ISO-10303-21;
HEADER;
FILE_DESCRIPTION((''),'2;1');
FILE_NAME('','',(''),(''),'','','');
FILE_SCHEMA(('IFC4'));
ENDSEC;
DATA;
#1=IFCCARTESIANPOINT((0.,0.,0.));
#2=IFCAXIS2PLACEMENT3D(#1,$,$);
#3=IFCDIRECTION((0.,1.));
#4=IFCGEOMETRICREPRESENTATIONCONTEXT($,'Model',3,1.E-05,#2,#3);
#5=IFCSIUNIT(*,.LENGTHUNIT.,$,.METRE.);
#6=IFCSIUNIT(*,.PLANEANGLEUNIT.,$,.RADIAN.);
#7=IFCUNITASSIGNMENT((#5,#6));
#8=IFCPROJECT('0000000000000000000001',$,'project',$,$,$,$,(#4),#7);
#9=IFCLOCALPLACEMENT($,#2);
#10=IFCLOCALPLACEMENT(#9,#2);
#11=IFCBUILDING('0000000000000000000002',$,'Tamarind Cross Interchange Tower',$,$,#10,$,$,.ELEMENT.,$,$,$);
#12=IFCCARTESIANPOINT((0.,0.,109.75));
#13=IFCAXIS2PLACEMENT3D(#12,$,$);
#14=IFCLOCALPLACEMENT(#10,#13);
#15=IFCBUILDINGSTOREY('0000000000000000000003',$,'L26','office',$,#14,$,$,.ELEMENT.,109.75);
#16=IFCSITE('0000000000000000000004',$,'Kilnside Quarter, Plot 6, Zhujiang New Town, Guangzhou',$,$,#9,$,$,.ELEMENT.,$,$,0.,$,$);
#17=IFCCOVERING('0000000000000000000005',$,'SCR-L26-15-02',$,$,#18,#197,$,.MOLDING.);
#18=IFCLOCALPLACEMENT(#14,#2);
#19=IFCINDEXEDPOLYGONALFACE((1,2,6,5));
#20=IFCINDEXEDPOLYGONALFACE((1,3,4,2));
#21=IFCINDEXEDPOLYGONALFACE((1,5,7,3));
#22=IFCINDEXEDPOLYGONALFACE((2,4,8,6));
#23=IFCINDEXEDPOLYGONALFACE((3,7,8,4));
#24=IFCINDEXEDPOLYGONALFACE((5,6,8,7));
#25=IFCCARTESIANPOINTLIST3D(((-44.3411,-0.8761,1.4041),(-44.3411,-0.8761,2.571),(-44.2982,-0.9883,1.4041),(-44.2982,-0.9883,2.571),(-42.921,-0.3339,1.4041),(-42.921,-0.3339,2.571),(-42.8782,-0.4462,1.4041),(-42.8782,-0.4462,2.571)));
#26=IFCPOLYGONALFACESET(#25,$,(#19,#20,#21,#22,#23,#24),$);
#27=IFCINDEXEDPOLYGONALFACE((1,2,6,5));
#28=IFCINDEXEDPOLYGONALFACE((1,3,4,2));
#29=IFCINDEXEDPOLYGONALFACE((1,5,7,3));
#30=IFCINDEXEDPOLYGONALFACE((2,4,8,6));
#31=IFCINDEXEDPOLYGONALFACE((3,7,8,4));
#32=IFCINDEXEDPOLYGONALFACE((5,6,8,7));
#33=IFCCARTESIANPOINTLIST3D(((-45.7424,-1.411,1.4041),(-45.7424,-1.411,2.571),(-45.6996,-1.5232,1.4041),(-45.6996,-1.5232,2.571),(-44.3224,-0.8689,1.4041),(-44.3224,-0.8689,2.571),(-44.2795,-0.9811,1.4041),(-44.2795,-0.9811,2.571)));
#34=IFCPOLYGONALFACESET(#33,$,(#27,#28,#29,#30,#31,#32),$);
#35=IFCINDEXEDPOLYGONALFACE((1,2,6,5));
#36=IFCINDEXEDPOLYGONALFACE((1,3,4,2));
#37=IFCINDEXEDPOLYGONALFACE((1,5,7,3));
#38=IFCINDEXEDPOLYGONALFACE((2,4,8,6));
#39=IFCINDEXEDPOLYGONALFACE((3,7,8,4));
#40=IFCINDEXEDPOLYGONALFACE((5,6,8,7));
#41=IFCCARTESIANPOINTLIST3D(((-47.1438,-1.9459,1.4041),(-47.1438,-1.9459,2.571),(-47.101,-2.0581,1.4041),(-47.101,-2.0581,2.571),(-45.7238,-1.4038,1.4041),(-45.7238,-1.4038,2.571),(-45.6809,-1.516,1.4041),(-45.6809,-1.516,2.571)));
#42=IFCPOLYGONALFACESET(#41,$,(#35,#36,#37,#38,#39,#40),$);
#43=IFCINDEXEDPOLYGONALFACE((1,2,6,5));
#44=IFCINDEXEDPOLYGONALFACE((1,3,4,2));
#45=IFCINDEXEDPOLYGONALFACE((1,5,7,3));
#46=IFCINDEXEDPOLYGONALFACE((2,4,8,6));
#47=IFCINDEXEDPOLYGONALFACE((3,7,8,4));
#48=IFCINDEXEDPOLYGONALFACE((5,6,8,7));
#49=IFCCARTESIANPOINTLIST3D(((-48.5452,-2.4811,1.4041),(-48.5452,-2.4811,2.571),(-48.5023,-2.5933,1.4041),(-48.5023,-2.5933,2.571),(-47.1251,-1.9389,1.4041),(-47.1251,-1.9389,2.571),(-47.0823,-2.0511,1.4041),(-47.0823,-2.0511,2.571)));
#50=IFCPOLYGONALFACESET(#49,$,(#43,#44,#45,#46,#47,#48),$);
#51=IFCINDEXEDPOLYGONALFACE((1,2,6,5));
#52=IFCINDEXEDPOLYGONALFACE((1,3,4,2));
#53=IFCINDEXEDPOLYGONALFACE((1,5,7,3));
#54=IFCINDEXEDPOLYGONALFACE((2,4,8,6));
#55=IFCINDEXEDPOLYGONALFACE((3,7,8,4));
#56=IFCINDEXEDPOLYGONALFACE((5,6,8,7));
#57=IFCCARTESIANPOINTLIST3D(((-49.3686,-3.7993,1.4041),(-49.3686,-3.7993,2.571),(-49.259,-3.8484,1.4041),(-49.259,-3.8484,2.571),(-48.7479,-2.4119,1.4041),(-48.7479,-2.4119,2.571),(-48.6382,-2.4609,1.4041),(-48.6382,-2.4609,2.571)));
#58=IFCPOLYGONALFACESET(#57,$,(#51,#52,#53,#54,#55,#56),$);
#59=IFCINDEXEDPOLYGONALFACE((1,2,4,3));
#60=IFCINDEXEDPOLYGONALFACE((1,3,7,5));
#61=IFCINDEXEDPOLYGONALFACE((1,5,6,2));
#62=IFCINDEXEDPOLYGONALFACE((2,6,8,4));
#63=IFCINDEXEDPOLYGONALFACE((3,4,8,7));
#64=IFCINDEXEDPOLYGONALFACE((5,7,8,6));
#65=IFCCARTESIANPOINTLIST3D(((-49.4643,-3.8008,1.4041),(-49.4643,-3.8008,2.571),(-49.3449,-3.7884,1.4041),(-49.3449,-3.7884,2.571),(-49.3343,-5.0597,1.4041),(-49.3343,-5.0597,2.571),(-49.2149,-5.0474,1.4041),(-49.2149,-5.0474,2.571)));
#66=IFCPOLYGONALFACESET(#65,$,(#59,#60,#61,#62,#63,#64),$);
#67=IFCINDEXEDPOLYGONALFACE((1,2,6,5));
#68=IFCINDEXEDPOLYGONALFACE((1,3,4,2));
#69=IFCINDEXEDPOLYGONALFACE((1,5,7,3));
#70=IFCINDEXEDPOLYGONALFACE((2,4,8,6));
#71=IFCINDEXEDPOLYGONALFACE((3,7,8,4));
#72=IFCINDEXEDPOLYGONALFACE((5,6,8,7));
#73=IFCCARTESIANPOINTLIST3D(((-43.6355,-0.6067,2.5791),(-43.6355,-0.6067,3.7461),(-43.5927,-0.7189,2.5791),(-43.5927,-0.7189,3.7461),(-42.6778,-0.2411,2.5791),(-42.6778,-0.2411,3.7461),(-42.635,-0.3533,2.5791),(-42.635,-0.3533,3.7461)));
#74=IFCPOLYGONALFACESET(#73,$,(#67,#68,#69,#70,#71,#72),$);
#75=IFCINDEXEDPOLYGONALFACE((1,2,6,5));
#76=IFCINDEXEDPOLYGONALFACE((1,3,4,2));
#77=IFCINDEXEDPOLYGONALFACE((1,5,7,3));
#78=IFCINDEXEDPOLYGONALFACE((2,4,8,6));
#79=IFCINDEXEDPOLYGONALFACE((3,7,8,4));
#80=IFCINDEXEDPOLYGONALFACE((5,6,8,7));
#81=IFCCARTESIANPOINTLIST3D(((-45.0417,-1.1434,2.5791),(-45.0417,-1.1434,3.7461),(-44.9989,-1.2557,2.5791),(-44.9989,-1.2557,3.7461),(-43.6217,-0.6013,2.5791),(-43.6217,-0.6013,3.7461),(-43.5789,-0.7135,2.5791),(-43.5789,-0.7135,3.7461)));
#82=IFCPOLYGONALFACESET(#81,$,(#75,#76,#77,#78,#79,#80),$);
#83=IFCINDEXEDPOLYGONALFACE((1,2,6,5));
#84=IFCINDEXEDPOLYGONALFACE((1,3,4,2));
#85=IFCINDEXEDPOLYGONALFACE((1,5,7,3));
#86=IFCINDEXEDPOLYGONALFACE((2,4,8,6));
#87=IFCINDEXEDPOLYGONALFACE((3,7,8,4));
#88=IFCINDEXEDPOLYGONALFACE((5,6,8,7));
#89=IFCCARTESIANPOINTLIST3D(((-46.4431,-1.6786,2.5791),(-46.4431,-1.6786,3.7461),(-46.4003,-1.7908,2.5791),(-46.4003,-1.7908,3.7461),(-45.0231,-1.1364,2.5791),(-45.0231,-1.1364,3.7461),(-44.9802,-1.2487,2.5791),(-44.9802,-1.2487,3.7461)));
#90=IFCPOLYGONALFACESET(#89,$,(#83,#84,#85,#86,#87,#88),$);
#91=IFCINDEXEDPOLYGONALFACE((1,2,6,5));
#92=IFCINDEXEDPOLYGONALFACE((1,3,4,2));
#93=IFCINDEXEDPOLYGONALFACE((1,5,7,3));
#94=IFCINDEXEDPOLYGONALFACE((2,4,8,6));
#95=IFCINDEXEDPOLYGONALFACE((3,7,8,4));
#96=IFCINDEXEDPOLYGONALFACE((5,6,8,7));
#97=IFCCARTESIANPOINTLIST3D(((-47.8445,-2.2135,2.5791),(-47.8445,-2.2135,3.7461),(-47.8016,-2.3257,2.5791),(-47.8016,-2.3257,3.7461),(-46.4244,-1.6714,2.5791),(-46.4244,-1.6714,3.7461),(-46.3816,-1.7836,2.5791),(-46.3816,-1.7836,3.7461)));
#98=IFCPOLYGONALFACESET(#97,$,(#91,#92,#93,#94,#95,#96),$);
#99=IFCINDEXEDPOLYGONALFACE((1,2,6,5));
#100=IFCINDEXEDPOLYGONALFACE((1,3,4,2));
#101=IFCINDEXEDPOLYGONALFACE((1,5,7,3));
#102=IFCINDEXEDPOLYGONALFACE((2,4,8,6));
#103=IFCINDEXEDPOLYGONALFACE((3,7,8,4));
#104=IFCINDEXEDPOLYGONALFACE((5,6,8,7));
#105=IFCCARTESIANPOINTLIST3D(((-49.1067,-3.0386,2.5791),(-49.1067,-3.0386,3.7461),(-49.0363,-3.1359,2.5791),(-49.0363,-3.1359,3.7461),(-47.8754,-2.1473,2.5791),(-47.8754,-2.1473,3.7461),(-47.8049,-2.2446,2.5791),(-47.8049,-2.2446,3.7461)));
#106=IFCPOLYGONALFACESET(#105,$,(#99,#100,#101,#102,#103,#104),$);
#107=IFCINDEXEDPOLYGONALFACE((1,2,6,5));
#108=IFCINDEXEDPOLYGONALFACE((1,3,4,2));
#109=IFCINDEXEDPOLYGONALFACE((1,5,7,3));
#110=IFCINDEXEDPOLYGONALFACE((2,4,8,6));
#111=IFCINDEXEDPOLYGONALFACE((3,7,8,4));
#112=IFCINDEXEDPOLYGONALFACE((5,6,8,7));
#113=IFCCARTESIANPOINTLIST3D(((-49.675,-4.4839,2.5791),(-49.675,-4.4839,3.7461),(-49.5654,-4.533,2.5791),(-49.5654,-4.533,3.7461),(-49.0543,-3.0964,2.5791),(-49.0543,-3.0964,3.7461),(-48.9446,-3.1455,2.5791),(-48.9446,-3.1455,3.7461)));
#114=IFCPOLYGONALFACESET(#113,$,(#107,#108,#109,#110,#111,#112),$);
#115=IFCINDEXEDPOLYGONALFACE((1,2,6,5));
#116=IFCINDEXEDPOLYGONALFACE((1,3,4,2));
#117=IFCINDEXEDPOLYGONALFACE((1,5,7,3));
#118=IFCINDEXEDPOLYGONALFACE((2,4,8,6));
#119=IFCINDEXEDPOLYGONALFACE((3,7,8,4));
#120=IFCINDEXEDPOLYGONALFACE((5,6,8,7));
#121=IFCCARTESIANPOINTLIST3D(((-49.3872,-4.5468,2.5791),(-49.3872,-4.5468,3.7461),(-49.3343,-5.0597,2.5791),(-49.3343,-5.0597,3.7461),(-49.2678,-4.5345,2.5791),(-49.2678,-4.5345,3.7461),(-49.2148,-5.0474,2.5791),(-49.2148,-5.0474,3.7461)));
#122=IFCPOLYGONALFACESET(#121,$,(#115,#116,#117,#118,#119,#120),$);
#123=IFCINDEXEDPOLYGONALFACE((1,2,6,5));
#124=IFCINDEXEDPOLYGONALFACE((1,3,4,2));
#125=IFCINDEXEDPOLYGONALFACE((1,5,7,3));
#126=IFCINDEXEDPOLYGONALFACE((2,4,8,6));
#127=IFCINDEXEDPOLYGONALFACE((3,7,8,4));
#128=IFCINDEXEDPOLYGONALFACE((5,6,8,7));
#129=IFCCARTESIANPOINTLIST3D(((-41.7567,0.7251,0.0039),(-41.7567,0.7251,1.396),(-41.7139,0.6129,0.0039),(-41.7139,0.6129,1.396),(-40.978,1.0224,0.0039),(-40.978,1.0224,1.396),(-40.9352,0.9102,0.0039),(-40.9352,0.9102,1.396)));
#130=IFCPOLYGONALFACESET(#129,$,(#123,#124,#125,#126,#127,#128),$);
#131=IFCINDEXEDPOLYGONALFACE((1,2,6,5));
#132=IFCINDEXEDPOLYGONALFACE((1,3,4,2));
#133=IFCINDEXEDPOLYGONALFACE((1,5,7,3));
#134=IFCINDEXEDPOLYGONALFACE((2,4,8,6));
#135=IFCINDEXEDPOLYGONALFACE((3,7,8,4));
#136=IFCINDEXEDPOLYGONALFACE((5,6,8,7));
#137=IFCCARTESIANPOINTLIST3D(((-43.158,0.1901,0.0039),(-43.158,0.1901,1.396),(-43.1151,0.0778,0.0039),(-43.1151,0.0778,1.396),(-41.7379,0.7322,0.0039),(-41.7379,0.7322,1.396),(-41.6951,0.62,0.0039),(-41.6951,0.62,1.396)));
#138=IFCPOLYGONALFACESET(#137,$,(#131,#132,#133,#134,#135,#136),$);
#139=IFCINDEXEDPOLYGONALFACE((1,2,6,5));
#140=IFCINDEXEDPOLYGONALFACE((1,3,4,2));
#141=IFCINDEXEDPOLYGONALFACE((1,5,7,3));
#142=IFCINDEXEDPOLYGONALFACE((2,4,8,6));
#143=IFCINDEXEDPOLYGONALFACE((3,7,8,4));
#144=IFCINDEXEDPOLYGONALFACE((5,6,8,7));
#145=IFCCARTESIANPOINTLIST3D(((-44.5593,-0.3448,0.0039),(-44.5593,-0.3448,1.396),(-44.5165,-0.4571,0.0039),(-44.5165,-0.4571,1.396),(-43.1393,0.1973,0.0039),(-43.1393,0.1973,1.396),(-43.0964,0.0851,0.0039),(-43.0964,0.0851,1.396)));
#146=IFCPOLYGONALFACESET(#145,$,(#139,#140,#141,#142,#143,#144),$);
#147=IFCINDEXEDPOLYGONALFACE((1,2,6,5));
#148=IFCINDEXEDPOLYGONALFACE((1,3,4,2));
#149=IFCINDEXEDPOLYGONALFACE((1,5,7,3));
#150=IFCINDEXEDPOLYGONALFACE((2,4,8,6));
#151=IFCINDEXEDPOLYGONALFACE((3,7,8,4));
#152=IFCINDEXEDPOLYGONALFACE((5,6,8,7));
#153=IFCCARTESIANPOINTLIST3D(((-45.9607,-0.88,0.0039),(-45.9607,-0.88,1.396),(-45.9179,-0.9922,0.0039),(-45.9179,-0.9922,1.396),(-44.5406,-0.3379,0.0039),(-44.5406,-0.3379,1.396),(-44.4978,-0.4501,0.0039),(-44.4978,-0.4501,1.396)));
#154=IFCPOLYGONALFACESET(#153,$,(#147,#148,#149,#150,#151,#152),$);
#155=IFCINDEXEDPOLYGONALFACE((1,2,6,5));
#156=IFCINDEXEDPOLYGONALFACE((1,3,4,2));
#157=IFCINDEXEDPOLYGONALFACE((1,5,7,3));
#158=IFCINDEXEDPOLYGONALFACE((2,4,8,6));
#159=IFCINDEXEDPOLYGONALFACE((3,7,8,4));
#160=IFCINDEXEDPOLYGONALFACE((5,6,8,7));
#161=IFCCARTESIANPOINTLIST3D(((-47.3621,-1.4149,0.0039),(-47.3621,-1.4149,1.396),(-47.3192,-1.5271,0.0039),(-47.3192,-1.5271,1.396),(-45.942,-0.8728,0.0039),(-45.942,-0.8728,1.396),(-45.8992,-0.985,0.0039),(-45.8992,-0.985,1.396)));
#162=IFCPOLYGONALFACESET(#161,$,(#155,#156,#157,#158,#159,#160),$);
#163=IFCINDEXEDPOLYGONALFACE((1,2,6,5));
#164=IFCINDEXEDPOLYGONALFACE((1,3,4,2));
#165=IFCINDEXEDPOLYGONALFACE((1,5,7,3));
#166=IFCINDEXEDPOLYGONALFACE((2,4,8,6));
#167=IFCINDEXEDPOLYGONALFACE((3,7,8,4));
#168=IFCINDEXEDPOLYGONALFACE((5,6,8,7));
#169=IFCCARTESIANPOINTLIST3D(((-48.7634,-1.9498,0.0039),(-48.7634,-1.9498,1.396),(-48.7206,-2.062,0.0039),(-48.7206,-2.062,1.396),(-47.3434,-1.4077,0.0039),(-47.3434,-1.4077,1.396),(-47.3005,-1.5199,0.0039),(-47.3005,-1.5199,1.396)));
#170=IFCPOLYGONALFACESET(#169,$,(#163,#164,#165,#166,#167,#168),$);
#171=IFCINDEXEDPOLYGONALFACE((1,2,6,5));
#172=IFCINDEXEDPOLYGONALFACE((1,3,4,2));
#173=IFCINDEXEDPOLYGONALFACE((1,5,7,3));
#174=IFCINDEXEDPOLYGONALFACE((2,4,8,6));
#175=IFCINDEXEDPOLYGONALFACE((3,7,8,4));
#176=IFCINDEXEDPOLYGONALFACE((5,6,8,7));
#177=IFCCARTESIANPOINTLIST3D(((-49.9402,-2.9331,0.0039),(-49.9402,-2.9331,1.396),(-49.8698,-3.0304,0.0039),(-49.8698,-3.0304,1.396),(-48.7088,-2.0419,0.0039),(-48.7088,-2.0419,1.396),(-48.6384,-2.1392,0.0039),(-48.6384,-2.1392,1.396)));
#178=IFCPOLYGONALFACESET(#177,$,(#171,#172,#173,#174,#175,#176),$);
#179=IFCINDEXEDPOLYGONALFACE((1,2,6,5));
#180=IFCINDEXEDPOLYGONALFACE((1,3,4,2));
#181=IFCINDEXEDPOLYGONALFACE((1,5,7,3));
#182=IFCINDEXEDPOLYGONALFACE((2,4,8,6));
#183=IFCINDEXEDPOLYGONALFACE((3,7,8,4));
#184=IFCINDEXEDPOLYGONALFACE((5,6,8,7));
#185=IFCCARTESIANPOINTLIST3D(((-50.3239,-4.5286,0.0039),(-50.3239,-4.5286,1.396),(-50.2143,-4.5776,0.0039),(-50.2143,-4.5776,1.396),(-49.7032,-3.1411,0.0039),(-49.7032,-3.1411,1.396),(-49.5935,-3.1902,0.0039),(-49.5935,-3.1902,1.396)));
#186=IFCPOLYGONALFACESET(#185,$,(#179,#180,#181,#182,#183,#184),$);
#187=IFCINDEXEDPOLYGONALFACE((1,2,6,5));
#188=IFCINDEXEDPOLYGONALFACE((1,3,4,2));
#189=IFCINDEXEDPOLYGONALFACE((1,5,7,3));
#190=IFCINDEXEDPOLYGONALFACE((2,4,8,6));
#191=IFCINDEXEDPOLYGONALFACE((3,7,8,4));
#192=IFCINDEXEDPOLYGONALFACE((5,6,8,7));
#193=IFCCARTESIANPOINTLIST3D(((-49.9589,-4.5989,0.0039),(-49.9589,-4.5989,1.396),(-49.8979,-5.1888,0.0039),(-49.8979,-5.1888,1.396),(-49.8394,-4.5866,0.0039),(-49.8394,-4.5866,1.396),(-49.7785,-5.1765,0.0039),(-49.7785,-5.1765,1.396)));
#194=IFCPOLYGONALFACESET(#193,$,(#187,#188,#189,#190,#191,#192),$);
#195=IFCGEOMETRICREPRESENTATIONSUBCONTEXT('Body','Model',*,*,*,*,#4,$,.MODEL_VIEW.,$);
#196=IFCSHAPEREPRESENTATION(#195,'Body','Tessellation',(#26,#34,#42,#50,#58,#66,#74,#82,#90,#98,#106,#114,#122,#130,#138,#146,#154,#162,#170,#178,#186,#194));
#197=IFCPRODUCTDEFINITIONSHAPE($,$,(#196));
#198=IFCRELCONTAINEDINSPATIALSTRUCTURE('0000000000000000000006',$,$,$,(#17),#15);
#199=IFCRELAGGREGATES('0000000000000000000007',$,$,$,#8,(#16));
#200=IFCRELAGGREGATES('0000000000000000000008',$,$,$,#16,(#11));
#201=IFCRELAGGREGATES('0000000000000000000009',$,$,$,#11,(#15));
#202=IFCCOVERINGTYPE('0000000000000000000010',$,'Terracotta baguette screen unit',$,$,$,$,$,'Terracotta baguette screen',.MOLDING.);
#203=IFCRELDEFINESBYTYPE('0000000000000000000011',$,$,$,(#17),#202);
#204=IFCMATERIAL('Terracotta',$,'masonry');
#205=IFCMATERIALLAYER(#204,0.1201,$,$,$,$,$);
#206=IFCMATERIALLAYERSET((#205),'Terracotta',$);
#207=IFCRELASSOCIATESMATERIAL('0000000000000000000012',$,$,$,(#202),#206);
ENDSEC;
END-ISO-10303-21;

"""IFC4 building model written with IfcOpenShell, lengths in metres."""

from ifc_helpers import new_model, si_unit, direction, frame, origin, origin_2d, place, context, subcontext, project, spatial, rectangle, extrude, material, layer, layer_set, type_object, element, save


model = new_model("IFC4")

# Units and contexts
model_context = context("Model", 3, precision=1e-05, world=origin(), true_north=direction((0.0, 1.0)))
body_context = subcontext(model_context, "Body", "Model", "MODEL_VIEW")
ifc_project = project(units=[si_unit("LENGTHUNIT", "METRE"), si_unit("PLANEANGLEUNIT", "RADIAN")], contexts=[model_context])

# Site, building, storey
site_placement = place(None, origin())
site = spatial("IfcSite", under=ifc_project, at=site_placement, Name="Kilnside Quarter, Plot 6, Zhujiang New Town, Guangzhou", CompositionType="ELEMENT", RefElevation=0.0)
building_placement = place(site_placement, origin())
building = spatial("IfcBuilding", under=site, at=building_placement, Name="Tamarind Cross Interchange Tower", CompositionType="ELEMENT")
storey_placement = place(building_placement, frame((0.0, 0.0, 109.75)))
storey = spatial("IfcBuildingStorey", under=building, at=storey_placement, Name="L26", Description="office", CompositionType="ELEMENT", Elevation=109.75)

# Covering
ifc_material_1 = material(Name="Terracotta", Category="masonry")
ifc_layer_1 = layer(ifc_material_1, 0.1201)
ifc_layer_set_1 = layer_set([ifc_layer_1], Name="Terracotta")
covering_type = type_object("IfcCoveringType", Name="Terracotta baguette screen unit", ElementType="Terracotta baguette screen", PredefinedType="MOLDING", material=ifc_layer_set_1)
covering_1_placement = place(storey_placement, origin())
element("IfcCovering", 1, at=covering_1_placement, inside=storey, type_object=covering_type, Name="SCR-L26-15-02", PredefinedType="MOLDING", context=body_context, shape_type="SweptSolid", body=[
    extrude(rectangle(XDim=1.52, YDim=0.1201, at=origin_2d()), frame((-43.6096, -0.6611, 1.4041), z_axis=(0.0, 0.0, 1.0), x_axis=(-0.934229, -0.356673, 0.0)), (0.0, 0.0, 1.0), 1.167),
    extrude(rectangle(XDim=1.52, YDim=0.1201, at=origin_2d()), frame((-45.011, -1.196, 1.4041), z_axis=(0.0, 0.0, 1.0), x_axis=(-0.934229, -0.356673, 0.0)), (0.0, 0.0, 1.0), 1.167),
    extrude(rectangle(XDim=1.52, YDim=0.1201, at=origin_2d()), frame((-46.4124, -1.731, 1.4041), z_axis=(0.0, 0.0, 1.0), x_axis=(-0.934229, -0.356673, 0.0)), (0.0, 0.0, 1.0), 1.167),
    extrude(rectangle(XDim=1.52, YDim=0.1201, at=origin_2d()), frame((-47.8137, -2.2661, 1.4041), z_axis=(0.0, 0.0, 1.0), x_axis=(-0.934229, -0.356673, 0.0)), (0.0, 0.0, 1.0), 1.167),
    extrude(rectangle(XDim=1.52, YDim=0.1201, at=origin_2d()), frame((-49.0034, -3.1301, 1.4041), z_axis=(0.0, 0.0, 1.0), x_axis=(-0.408394, -0.912806, 0.0)), (0.0, 0.0, 1.0), 1.167),
    extrude(rectangle(XDim=1.2656, YDim=0.1201, at=origin_2d()), frame((-49.3396, -4.4241, 1.4041), z_axis=(0.0, 0.0, 1.0), x_axis=(0.102723, -0.99471, 0.0)), (0.0, 0.0, 1.0), 1.167),
    extrude(rectangle(XDim=1.0251, YDim=0.1201, at=origin_2d()), frame((-43.1353, -0.48, 2.5791), z_axis=(0.0, 0.0, 1.0), x_axis=(-0.934229, -0.356673, 0.0)), (0.0, 0.0, 1.0), 1.167),
    extrude(rectangle(XDim=1.52, YDim=0.1201, at=origin_2d()), frame((-44.3103, -0.9285, 2.5791), z_axis=(0.0, 0.0, 1.0), x_axis=(-0.934229, -0.356673, 0.0)), (0.0, 0.0, 1.0), 1.167),
    extrude(rectangle(XDim=1.52, YDim=0.1201, at=origin_2d()), frame((-45.7117, -1.4636, 2.5791), z_axis=(0.0, 0.0, 1.0), x_axis=(-0.934229, -0.356673, 0.0)), (0.0, 0.0, 1.0), 1.167),
    extrude(rectangle(XDim=1.52, YDim=0.1201, at=origin_2d()), frame((-47.113, -1.9985, 2.5791), z_axis=(0.0, 0.0, 1.0), x_axis=(-0.934229, -0.356673, 0.0)), (0.0, 0.0, 1.0), 1.167),
    extrude(rectangle(XDim=1.52, YDim=0.1201, at=origin_2d()), frame((-48.4558, -2.6416, 2.5791), z_axis=(0.0, 0.0, 1.0), x_axis=(-0.810083, -0.586316, 0.0)), (0.0, 0.0, 1.0), 1.167),
    extrude(rectangle(XDim=1.52, YDim=0.1201, at=origin_2d()), frame((-49.3098, -3.8147, 2.5791), z_axis=(0.0, 0.0, 1.0), x_axis=(-0.408394, -0.912806, 0.0)), (0.0, 0.0, 1.0), 1.167),
    extrude(rectangle(XDim=0.5156, YDim=0.1201, at=origin_2d()), frame((-49.301, -4.7971, 2.5791), z_axis=(0.0, 0.0, 1.0), x_axis=(0.102723, -0.99471, 0.0)), (0.0, 0.0, 1.0), 1.167),
    extrude(rectangle(XDim=0.8335, YDim=0.1201, at=origin_2d()), frame((-41.3459, 0.8176, 0.0039), z_axis=(0.0, 0.0, 1.0), x_axis=(-0.934229, -0.356673, 0.0)), (0.0, 0.0, 1.0), 1.3921),
    extrude(rectangle(XDim=1.52, YDim=0.1201, at=origin_2d()), frame((-42.4265, 0.405, 0.0039), z_axis=(0.0, 0.0, 1.0), x_axis=(-0.934229, -0.356673, 0.0)), (0.0, 0.0, 1.0), 1.3921),
    extrude(rectangle(XDim=1.52, YDim=0.1201, at=origin_2d()), frame((-43.8279, -0.1299, 0.0039), z_axis=(0.0, 0.0, 1.0), x_axis=(-0.934229, -0.356673, 0.0)), (0.0, 0.0, 1.0), 1.3921),
    extrude(rectangle(XDim=1.52, YDim=0.1201, at=origin_2d()), frame((-45.2292, -0.665, 0.0039), z_axis=(0.0, 0.0, 1.0), x_axis=(-0.934229, -0.356673, 0.0)), (0.0, 0.0, 1.0), 1.3921),
    extrude(rectangle(XDim=1.52, YDim=0.1201, at=origin_2d()), frame((-46.6306, -1.2, 0.0039), z_axis=(0.0, 0.0, 1.0), x_axis=(-0.934229, -0.356673, 0.0)), (0.0, 0.0, 1.0), 1.3921),
    extrude(rectangle(XDim=1.52, YDim=0.1201, at=origin_2d()), frame((-48.032, -1.7349, 0.0039), z_axis=(0.0, 0.0, 1.0), x_axis=(-0.934229, -0.356673, 0.0)), (0.0, 0.0, 1.0), 1.3921),
    extrude(rectangle(XDim=1.52, YDim=0.1201, at=origin_2d()), frame((-49.2893, -2.5361, 0.0039), z_axis=(0.0, 0.0, 1.0), x_axis=(-0.810083, -0.586316, 0.0)), (0.0, 0.0, 1.0), 1.3921),
    extrude(rectangle(XDim=1.52, YDim=0.1201, at=origin_2d()), frame((-49.9587, -3.8594, 0.0039), z_axis=(0.0, 0.0, 1.0), x_axis=(-0.408394, -0.912806, 0.0)), (0.0, 0.0, 1.0), 1.3921),
    extrude(rectangle(XDim=0.593, YDim=0.1201, at=origin_2d()), frame((-49.8687, -4.8877, 0.0039), z_axis=(0.0, 0.0, 1.0), x_axis=(0.102723, -0.99471, 0.0)), (0.0, 0.0, 1.0), 1.3921),
])

save(model, "model.ifc")
